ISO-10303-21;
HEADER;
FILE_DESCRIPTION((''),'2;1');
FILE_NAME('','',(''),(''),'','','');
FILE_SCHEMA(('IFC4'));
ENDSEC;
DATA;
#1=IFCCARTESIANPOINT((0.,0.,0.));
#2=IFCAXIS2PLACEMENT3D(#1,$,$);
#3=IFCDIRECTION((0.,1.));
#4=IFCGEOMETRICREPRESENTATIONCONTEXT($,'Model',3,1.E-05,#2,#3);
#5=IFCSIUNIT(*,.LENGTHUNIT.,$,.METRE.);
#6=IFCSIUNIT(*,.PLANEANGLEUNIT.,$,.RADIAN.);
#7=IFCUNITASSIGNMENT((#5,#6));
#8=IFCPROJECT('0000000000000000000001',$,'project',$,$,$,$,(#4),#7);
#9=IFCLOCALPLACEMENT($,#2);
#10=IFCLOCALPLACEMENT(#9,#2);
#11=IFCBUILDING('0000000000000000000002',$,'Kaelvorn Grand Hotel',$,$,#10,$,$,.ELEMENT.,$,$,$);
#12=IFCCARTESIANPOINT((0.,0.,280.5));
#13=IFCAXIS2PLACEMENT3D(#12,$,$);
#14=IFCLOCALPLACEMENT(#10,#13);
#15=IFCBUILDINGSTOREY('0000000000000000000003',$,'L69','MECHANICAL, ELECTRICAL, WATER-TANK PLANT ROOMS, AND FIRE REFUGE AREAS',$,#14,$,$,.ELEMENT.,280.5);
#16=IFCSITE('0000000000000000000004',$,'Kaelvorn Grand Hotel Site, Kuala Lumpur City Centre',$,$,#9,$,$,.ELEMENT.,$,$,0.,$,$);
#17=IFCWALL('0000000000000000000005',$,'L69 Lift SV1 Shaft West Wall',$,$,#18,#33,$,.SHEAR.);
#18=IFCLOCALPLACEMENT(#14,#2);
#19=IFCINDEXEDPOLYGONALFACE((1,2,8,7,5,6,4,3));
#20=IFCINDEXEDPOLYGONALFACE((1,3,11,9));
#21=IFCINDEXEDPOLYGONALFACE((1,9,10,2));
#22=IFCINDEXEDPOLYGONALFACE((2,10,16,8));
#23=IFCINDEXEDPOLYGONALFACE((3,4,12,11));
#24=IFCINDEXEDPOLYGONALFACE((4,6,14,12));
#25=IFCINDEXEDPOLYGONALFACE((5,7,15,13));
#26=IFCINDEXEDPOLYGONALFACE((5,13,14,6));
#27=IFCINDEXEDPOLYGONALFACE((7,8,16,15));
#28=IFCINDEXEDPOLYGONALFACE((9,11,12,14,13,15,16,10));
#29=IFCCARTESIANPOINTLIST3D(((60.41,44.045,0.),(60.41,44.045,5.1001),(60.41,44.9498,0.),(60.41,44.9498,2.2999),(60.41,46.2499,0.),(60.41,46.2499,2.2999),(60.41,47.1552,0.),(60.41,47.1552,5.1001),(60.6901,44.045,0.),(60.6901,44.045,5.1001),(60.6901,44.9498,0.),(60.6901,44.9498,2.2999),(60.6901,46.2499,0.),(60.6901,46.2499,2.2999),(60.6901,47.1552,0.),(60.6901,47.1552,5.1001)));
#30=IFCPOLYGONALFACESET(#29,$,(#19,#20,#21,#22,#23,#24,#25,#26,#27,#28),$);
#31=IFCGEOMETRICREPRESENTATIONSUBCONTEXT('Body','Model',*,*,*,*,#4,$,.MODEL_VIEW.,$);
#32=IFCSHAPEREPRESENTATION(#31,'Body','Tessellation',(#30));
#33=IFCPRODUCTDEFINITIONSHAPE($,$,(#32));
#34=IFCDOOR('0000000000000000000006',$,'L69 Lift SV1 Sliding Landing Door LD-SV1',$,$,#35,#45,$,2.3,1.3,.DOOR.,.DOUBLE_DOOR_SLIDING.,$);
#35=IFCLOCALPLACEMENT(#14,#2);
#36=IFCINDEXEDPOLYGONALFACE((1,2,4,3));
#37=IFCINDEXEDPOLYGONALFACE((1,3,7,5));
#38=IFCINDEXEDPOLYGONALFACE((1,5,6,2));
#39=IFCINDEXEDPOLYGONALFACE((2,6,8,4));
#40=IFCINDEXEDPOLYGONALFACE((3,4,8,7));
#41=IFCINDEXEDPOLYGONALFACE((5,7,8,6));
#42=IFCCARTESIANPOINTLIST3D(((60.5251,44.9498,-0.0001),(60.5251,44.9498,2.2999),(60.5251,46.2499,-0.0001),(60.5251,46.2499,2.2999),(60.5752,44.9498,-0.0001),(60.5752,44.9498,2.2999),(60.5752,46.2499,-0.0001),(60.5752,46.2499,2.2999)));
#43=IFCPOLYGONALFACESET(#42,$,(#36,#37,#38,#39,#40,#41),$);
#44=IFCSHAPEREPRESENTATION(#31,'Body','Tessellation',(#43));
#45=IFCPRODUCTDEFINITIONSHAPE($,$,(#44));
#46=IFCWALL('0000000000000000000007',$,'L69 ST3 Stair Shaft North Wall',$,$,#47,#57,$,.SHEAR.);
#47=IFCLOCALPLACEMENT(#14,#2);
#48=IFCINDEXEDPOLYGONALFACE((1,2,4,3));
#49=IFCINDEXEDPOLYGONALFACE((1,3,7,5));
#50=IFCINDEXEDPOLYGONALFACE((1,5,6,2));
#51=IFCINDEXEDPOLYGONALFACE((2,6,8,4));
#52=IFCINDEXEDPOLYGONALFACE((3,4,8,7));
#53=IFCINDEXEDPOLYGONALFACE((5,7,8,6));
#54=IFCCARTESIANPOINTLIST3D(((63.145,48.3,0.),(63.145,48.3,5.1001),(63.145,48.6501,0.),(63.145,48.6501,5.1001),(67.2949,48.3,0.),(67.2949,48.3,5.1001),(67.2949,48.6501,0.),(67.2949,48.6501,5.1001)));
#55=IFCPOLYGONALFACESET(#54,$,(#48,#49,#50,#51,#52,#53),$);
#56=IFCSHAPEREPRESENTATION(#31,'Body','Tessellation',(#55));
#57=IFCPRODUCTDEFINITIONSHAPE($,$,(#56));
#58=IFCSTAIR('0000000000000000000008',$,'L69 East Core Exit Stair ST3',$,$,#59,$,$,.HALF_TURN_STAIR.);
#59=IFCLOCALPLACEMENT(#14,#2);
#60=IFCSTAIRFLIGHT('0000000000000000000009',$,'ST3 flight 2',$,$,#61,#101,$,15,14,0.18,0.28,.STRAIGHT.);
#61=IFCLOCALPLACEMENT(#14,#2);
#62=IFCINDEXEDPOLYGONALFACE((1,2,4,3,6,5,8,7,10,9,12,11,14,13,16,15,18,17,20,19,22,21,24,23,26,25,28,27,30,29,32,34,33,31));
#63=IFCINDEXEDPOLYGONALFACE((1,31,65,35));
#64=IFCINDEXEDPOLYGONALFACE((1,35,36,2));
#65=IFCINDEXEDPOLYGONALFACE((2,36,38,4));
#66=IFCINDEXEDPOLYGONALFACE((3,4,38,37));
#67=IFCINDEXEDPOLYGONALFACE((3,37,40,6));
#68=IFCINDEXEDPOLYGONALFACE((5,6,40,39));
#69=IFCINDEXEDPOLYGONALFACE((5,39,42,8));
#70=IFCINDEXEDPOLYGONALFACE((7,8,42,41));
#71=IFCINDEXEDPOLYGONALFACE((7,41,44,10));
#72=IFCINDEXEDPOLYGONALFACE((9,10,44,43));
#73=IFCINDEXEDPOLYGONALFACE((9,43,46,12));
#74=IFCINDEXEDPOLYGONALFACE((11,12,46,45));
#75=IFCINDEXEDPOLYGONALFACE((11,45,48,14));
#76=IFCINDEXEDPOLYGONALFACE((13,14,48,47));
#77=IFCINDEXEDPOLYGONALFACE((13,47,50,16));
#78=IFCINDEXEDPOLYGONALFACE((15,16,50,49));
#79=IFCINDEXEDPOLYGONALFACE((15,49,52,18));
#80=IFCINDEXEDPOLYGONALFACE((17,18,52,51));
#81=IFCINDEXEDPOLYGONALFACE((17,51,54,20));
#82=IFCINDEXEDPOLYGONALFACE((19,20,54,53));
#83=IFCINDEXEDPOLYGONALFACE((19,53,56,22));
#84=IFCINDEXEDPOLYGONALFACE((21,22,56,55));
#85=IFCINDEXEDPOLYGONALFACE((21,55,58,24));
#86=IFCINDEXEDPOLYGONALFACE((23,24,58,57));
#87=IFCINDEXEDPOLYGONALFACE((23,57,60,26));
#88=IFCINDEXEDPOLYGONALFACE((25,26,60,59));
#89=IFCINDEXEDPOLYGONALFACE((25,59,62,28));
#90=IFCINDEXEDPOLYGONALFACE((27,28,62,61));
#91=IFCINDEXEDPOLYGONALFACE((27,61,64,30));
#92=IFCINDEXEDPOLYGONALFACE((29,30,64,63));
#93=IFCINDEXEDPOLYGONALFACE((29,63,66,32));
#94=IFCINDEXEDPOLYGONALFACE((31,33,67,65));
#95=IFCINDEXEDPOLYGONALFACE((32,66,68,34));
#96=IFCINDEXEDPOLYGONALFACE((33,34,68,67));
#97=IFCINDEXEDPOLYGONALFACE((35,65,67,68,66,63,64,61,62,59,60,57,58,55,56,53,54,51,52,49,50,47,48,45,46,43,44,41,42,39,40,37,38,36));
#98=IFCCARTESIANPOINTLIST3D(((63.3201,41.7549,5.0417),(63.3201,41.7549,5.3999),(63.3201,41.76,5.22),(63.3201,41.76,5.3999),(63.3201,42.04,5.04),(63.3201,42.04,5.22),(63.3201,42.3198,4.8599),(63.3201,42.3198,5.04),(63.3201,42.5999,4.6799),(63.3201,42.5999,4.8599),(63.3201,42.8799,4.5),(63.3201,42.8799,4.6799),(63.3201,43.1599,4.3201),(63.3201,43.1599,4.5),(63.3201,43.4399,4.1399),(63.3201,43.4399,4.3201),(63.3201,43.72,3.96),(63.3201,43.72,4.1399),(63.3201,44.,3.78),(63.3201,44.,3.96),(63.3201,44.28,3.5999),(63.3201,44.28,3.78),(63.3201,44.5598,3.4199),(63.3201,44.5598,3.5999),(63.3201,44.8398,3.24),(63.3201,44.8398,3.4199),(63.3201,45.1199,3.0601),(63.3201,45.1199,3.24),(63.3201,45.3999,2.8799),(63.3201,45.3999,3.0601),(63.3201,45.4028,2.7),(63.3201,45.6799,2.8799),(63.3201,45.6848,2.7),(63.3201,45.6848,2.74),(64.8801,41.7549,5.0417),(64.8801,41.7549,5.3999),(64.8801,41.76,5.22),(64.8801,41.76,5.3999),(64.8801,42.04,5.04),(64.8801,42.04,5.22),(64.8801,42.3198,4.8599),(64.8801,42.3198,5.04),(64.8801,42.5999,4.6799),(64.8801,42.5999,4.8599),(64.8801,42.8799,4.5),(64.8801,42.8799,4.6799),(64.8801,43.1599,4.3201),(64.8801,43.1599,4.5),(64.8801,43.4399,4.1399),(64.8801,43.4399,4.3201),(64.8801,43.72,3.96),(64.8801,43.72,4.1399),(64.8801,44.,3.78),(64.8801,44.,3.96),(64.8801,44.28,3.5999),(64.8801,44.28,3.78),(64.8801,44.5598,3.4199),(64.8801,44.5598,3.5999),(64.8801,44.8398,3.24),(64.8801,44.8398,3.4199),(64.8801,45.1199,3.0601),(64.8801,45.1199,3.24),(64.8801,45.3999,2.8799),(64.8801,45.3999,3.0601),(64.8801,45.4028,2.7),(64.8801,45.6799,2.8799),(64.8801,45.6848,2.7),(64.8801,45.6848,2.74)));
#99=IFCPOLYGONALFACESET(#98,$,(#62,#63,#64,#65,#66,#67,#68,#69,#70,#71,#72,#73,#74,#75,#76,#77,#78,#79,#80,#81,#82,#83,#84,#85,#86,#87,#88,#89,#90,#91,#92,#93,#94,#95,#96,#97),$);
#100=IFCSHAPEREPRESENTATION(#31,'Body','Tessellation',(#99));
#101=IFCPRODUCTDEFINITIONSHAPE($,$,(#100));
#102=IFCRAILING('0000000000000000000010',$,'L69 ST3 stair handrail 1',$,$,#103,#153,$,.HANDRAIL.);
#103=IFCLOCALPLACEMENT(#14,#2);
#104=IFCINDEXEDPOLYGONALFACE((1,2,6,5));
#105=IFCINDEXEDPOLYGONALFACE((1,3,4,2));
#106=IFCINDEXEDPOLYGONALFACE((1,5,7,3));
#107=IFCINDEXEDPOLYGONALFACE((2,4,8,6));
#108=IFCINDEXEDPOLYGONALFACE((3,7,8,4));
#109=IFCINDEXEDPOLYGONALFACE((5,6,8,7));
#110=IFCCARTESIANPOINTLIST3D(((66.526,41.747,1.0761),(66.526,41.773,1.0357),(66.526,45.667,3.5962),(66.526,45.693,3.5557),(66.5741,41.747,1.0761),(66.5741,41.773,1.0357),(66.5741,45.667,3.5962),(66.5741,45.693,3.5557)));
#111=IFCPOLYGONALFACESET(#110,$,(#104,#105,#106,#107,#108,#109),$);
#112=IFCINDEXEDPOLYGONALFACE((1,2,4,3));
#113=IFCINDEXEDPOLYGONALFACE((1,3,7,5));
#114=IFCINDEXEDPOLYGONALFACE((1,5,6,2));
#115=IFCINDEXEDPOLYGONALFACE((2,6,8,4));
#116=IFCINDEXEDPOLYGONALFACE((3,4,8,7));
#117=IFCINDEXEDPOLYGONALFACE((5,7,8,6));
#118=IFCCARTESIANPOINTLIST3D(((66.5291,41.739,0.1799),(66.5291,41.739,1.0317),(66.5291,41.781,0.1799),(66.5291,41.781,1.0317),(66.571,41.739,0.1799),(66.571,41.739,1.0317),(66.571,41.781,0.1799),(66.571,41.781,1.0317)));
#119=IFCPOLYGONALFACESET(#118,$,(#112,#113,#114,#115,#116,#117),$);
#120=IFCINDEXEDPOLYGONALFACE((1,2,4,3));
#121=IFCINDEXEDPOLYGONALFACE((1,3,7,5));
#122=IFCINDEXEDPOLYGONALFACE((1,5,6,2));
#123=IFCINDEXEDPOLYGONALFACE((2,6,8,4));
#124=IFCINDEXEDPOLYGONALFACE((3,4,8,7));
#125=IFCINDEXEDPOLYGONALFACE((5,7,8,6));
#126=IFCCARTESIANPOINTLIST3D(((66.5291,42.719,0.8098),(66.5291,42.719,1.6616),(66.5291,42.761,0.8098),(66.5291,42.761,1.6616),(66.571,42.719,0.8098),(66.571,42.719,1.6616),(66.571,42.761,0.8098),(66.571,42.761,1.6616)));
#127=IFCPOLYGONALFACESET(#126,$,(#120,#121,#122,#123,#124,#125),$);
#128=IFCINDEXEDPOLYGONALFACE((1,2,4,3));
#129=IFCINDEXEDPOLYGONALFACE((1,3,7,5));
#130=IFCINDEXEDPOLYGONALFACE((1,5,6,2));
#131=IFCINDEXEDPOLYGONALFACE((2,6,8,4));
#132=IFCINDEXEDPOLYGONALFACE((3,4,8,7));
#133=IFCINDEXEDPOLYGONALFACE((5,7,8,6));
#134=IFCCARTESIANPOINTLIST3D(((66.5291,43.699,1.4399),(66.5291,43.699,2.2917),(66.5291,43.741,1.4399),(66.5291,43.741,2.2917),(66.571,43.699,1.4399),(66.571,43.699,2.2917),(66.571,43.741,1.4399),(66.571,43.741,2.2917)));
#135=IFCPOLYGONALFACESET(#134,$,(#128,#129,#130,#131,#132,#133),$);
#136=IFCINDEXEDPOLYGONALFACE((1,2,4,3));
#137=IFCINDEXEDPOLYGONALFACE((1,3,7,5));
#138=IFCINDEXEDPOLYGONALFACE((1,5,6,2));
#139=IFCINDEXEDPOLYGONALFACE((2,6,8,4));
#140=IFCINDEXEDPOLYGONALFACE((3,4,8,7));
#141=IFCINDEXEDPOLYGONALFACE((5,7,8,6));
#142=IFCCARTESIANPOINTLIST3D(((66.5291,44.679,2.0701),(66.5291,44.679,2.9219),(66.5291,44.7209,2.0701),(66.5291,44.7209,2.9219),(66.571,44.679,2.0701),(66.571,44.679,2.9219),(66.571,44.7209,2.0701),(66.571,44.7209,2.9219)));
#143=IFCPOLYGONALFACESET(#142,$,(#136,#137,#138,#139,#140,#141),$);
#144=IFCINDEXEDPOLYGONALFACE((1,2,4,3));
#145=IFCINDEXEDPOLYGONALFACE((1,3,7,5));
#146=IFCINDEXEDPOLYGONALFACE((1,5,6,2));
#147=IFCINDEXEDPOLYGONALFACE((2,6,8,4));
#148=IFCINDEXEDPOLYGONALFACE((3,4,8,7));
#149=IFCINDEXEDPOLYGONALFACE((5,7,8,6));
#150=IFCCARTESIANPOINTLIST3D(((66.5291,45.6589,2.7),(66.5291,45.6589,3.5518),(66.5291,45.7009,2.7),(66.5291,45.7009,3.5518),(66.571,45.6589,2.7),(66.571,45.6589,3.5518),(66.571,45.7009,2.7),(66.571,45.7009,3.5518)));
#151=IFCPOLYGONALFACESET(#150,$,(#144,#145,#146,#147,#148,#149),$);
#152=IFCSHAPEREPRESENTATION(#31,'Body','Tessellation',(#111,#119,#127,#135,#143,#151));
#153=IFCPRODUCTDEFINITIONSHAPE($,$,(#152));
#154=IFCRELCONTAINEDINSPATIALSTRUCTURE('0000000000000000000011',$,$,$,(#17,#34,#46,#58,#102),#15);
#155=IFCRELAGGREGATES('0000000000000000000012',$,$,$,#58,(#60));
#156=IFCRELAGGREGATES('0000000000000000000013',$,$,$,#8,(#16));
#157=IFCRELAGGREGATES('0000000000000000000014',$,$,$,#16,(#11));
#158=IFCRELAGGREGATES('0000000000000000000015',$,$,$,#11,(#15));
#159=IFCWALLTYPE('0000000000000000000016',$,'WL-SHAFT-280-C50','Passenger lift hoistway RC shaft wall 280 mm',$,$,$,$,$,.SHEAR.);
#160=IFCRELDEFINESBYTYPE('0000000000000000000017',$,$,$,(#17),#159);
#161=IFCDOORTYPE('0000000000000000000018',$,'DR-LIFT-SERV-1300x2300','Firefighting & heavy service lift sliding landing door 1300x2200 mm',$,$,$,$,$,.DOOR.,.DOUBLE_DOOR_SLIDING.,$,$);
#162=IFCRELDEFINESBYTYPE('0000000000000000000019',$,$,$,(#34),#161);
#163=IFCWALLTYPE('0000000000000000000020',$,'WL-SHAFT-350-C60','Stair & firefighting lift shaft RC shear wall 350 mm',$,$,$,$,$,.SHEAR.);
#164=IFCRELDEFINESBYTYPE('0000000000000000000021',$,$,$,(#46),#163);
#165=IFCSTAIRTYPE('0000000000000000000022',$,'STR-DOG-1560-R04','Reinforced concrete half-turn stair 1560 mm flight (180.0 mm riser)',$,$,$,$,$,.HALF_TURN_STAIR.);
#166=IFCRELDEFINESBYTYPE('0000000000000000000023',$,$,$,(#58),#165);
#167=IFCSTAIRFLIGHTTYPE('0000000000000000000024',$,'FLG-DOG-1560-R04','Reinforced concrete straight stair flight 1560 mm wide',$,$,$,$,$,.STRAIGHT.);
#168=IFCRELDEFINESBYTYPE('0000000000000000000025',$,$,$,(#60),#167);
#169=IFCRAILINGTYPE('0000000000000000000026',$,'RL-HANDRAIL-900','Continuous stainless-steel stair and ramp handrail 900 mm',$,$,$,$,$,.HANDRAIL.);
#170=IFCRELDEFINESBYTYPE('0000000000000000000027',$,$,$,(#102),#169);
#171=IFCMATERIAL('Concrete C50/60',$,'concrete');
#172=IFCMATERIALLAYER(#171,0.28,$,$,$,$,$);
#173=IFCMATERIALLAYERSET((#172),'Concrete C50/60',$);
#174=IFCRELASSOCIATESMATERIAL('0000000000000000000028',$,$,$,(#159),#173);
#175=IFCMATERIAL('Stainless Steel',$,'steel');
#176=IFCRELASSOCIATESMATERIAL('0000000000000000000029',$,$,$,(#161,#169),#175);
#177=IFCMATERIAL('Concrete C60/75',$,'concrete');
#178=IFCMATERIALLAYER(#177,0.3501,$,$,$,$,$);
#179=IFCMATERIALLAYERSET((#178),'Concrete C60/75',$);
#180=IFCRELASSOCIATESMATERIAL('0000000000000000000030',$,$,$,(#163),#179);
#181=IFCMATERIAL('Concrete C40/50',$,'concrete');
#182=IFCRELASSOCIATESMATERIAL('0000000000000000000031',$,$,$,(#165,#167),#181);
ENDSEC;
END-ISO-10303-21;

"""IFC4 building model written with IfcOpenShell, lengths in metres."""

from ifc_helpers import new_model, si_unit, direction, frame, frame_2d, origin, origin_2d, place, context, subcontext, project, spatial, polyline, rectangle, outline, extrude, material, layer, layer_set, type_object, element, fill, aggregate, save


model = new_model("IFC4")

# Units and contexts
model_context = context("Model", 3, precision=1e-05, world=origin(), true_north=direction((0.0, 1.0)))
body_context = subcontext(model_context, "Body", "Model", "MODEL_VIEW")
ifc_project = project(units=[si_unit("LENGTHUNIT", "METRE"), si_unit("PLANEANGLEUNIT", "RADIAN")], contexts=[model_context])

# Site, building, storey
site_placement = place(None, origin())
site = spatial("IfcSite", under=ifc_project, at=site_placement, Name="Kaelvorn Grand Hotel Site, Kuala Lumpur City Centre", CompositionType="ELEMENT", RefElevation=0.0)
building_placement = place(site_placement, origin())
building = spatial("IfcBuilding", under=site, at=building_placement, Name="Kaelvorn Grand Hotel", CompositionType="ELEMENT")
storey_placement = place(building_placement, frame((0.0, 0.0, 280.5)))
storey = spatial("IfcBuildingStorey", under=building, at=storey_placement, Name="L69", Description="MECHANICAL, ELECTRICAL, WATER-TANK PLANT ROOMS, AND FIRE REFUGE AREAS", CompositionType="ELEMENT", Elevation=280.5)

# Shared definitions
ifc_material_1 = material(Name="Concrete C60/75", Category="concrete")
ifc_material_2 = material(Name="Concrete C50/60", Category="concrete")

# Shared definitions
ifc_material_3 = material(Name="Concrete C40/50", Category="concrete")
ifc_layer_1 = layer(ifc_material_2, 0.28)
ifc_layer_set_1 = layer_set([ifc_layer_1], Name="Concrete C50/60")
wall_type_1 = type_object("IfcWallType", Name="WL-SHAFT-280-C50", Description="Passenger lift hoistway RC shaft wall 280 mm", PredefinedType="SHEAR", material=ifc_layer_set_1)

# Wall, opening, door
wall_1_placement = place(storey_placement, frame((60.55, 44.0449, 0.0), z_axis=(0.0, 0.0, 1.0), x_axis=(0.0, 1.0, 0.0)))
wall_1 = element("IfcWall", 1, at=wall_1_placement, inside=storey, type_object=wall_type_1, Name="L69 Lift SV1 Shaft West Wall", PredefinedType="SHEAR", context=body_context, shape_type="SweptSolid", body=[
    extrude(rectangle(XDim=3.1101, YDim=0.28, at=frame_2d((1.5552, 0.0))), origin(), (0.0, 0.0, 1.0), 5.1001),
])
opening_placement = place(wall_1_placement, frame((0.905, 0.0, 0.0)))
opening = element("IfcOpeningElement", 2, at=opening_placement, cuts=wall_1, PredefinedType="OPENING", context=body_context, shape_type="SweptSolid", body=[
    extrude(rectangle(XDim=1.3, YDim=2.3, at=frame_2d((0.6499, 1.1499))), frame((0.0, 0.1499, 0.0), z_axis=(0.0, -1.0, 0.0), x_axis=(1.0, 0.0, 0.0)), (0.0, 0.0, 1.0), 0.3),
])
ifc_material_4 = material(Name="Stainless Steel", Category="steel")
door_type = type_object("IfcDoorType", Name="DR-LIFT-SERV-1300x2300", Description="Firefighting & heavy service lift sliding landing door 1300x2200 mm", OperationType="DOUBLE_DOOR_SLIDING", PredefinedType="DOOR", material=ifc_material_4)
door_placement = place(opening_placement, origin())
door = element("IfcDoor", 3, at=door_placement, inside=storey, type_object=door_type, Name="L69 Lift SV1 Sliding Landing Door LD-SV1", OperationType="DOUBLE_DOOR_SLIDING", OverallHeight=2.3, OverallWidth=1.3, PredefinedType="DOOR", context=body_context, shape_type="SweptSolid", body=[
    extrude(rectangle(XDim=1.3, YDim=2.3, at=frame_2d((0.6499, 1.1499))), frame((0.0, 0.0249, 0.0), z_axis=(0.0, -1.0, 0.0), x_axis=(1.0, 0.0, 0.0)), (0.0, 0.0, 1.0), 0.05),
])
fill(opening, door)

# Wall
ifc_layer_2 = layer(ifc_material_1, 0.3501)
ifc_layer_set_2 = layer_set([ifc_layer_2], Name="Concrete C60/75")
wall_type_2 = type_object("IfcWallType", Name="WL-SHAFT-350-C60", Description="Stair & firefighting lift shaft RC shear wall 350 mm", PredefinedType="SHEAR", material=ifc_layer_set_2)
wall_2_placement = place(storey_placement, frame((63.145, 48.4751, 0.0), z_axis=(0.0, 0.0, 1.0), x_axis=(1.0, 0.0, 0.0)))
element("IfcWall", 4, at=wall_2_placement, inside=storey, type_object=wall_type_2, Name="L69 ST3 Stair Shaft North Wall", PredefinedType="SHEAR", context=body_context, shape_type="SweptSolid", body=[
    extrude(rectangle(XDim=4.1499, YDim=0.3501, at=frame_2d((2.075, 0.0))), origin(), (0.0, 0.0, 1.0), 5.1001),
])

# Stair, stair flight
stair_type = type_object("IfcStairType", Name="STR-DOG-1560-R04", Description="Reinforced concrete half-turn stair 1560 mm flight (180.0 mm riser)", PredefinedType="HALF_TURN_STAIR", material=ifc_material_3)
stair_placement = place(storey_placement, origin())
stair = element("IfcStair", 5, at=stair_placement, inside=storey, type_object=stair_type, Name="L69 East Core Exit Stair ST3", PredefinedType="HALF_TURN_STAIR")
stair_flight_type = type_object("IfcStairFlightType", Name="FLG-DOG-1560-R04", Description="Reinforced concrete straight stair flight 1560 mm wide", PredefinedType="STRAIGHT", material=ifc_material_3)
stair_flight_placement = place(storey_placement, frame((64.1001, 45.6799, 2.7), z_axis=(0.0, 0.0, 1.0), x_axis=(0.0, -1.0, 0.0)))
stair_flight = element("IfcStairFlight", 6, at=stair_flight_placement, type_object=stair_flight_type, Name="ST3 flight 2", NumberOfRisers=15, NumberOfTreads=14, PredefinedType="STRAIGHT", RiserHeight=0.18, TreadLength=0.28, context=body_context, shape_type="SweptSolid", body=[
    extrude(outline(polyline([(-0.0049, 0.0), (-0.0049, 0.04), (0.0, 0.1799), (0.28, 0.1799), (0.28, 0.3601), (0.5601, 0.3601), (0.5601, 0.54), (0.8401, 0.54), (0.8401, 0.72), (1.1201, 0.72), (1.1201, 0.8999), (1.3999, 0.8999), (1.3999, 1.0801), (1.6799, 1.0801), (1.6799, 1.26), (1.96, 1.26), (1.96, 1.4399), (2.24, 1.4399), (2.24, 1.6201), (2.52, 1.6201), (2.52, 1.8), (2.8, 1.8), (2.8, 1.98), (3.0801, 1.98), (3.0801, 2.1599), (3.3601, 2.1599), (3.3601, 2.3401), (3.6399, 2.3401), (3.6399, 2.52), (3.9199, 2.52), (3.9199, 2.7), (3.925, 2.7), (3.925, 2.3418), (0.2771, 0.0), (-0.0049, 0.0)])), frame((0.0, 0.78, 0.0), z_axis=(0.0, -1.0, 0.0), x_axis=(1.0, 0.0, 0.0)), (0.0, 0.0, 1.0), 1.5601),
])
aggregate(stair, [stair_flight])

# Railing
railing_type_1 = type_object("IfcRailingType", Name="RL-HANDRAIL-900", Description="Continuous stainless-steel stair and ramp handrail 900 mm", PredefinedType="HANDRAIL", material=ifc_material_4)
railing_1_placement = place(storey_placement, frame((66.55, 41.76, 0.1799)))
element("IfcRailing", 7, at=railing_1_placement, inside=storey, type_object=railing_type_1, Name="L69 ST3 stair handrail 1", PredefinedType="HANDRAIL", context=body_context, shape_type="SweptSolid", body=[
    extrude(rectangle(XDim=0.0481, YDim=0.0481, at=origin_2d()), frame((0.0, 0.0, 0.876), z_axis=(0.0, 0.841172, 0.540768), x_axis=(-1.0, 0.0, 0.0)), (0.0, 0.0, 1.0), 4.6602),
    extrude(rectangle(XDim=0.042, YDim=0.042, at=origin_2d()), origin(), (0.0, 0.0, 1.0), 0.8518),
    extrude(rectangle(XDim=0.042, YDim=0.042, at=origin_2d()), frame((0.0, 0.98, 0.6299)), (0.0, 0.0, 1.0), 0.8518),
    extrude(rectangle(XDim=0.042, YDim=0.042, at=origin_2d()), frame((0.0, 1.96, 1.26)), (0.0, 0.0, 1.0), 0.8518),
    extrude(rectangle(XDim=0.042, YDim=0.042, at=origin_2d()), frame((0.0, 2.9399, 1.8901)), (0.0, 0.0, 1.0), 0.8518),
    extrude(rectangle(XDim=0.042, YDim=0.042, at=origin_2d()), frame((0.0, 3.9199, 2.52)), (0.0, 0.0, 1.0), 0.8518),
])

save(model, "model.ifc")
